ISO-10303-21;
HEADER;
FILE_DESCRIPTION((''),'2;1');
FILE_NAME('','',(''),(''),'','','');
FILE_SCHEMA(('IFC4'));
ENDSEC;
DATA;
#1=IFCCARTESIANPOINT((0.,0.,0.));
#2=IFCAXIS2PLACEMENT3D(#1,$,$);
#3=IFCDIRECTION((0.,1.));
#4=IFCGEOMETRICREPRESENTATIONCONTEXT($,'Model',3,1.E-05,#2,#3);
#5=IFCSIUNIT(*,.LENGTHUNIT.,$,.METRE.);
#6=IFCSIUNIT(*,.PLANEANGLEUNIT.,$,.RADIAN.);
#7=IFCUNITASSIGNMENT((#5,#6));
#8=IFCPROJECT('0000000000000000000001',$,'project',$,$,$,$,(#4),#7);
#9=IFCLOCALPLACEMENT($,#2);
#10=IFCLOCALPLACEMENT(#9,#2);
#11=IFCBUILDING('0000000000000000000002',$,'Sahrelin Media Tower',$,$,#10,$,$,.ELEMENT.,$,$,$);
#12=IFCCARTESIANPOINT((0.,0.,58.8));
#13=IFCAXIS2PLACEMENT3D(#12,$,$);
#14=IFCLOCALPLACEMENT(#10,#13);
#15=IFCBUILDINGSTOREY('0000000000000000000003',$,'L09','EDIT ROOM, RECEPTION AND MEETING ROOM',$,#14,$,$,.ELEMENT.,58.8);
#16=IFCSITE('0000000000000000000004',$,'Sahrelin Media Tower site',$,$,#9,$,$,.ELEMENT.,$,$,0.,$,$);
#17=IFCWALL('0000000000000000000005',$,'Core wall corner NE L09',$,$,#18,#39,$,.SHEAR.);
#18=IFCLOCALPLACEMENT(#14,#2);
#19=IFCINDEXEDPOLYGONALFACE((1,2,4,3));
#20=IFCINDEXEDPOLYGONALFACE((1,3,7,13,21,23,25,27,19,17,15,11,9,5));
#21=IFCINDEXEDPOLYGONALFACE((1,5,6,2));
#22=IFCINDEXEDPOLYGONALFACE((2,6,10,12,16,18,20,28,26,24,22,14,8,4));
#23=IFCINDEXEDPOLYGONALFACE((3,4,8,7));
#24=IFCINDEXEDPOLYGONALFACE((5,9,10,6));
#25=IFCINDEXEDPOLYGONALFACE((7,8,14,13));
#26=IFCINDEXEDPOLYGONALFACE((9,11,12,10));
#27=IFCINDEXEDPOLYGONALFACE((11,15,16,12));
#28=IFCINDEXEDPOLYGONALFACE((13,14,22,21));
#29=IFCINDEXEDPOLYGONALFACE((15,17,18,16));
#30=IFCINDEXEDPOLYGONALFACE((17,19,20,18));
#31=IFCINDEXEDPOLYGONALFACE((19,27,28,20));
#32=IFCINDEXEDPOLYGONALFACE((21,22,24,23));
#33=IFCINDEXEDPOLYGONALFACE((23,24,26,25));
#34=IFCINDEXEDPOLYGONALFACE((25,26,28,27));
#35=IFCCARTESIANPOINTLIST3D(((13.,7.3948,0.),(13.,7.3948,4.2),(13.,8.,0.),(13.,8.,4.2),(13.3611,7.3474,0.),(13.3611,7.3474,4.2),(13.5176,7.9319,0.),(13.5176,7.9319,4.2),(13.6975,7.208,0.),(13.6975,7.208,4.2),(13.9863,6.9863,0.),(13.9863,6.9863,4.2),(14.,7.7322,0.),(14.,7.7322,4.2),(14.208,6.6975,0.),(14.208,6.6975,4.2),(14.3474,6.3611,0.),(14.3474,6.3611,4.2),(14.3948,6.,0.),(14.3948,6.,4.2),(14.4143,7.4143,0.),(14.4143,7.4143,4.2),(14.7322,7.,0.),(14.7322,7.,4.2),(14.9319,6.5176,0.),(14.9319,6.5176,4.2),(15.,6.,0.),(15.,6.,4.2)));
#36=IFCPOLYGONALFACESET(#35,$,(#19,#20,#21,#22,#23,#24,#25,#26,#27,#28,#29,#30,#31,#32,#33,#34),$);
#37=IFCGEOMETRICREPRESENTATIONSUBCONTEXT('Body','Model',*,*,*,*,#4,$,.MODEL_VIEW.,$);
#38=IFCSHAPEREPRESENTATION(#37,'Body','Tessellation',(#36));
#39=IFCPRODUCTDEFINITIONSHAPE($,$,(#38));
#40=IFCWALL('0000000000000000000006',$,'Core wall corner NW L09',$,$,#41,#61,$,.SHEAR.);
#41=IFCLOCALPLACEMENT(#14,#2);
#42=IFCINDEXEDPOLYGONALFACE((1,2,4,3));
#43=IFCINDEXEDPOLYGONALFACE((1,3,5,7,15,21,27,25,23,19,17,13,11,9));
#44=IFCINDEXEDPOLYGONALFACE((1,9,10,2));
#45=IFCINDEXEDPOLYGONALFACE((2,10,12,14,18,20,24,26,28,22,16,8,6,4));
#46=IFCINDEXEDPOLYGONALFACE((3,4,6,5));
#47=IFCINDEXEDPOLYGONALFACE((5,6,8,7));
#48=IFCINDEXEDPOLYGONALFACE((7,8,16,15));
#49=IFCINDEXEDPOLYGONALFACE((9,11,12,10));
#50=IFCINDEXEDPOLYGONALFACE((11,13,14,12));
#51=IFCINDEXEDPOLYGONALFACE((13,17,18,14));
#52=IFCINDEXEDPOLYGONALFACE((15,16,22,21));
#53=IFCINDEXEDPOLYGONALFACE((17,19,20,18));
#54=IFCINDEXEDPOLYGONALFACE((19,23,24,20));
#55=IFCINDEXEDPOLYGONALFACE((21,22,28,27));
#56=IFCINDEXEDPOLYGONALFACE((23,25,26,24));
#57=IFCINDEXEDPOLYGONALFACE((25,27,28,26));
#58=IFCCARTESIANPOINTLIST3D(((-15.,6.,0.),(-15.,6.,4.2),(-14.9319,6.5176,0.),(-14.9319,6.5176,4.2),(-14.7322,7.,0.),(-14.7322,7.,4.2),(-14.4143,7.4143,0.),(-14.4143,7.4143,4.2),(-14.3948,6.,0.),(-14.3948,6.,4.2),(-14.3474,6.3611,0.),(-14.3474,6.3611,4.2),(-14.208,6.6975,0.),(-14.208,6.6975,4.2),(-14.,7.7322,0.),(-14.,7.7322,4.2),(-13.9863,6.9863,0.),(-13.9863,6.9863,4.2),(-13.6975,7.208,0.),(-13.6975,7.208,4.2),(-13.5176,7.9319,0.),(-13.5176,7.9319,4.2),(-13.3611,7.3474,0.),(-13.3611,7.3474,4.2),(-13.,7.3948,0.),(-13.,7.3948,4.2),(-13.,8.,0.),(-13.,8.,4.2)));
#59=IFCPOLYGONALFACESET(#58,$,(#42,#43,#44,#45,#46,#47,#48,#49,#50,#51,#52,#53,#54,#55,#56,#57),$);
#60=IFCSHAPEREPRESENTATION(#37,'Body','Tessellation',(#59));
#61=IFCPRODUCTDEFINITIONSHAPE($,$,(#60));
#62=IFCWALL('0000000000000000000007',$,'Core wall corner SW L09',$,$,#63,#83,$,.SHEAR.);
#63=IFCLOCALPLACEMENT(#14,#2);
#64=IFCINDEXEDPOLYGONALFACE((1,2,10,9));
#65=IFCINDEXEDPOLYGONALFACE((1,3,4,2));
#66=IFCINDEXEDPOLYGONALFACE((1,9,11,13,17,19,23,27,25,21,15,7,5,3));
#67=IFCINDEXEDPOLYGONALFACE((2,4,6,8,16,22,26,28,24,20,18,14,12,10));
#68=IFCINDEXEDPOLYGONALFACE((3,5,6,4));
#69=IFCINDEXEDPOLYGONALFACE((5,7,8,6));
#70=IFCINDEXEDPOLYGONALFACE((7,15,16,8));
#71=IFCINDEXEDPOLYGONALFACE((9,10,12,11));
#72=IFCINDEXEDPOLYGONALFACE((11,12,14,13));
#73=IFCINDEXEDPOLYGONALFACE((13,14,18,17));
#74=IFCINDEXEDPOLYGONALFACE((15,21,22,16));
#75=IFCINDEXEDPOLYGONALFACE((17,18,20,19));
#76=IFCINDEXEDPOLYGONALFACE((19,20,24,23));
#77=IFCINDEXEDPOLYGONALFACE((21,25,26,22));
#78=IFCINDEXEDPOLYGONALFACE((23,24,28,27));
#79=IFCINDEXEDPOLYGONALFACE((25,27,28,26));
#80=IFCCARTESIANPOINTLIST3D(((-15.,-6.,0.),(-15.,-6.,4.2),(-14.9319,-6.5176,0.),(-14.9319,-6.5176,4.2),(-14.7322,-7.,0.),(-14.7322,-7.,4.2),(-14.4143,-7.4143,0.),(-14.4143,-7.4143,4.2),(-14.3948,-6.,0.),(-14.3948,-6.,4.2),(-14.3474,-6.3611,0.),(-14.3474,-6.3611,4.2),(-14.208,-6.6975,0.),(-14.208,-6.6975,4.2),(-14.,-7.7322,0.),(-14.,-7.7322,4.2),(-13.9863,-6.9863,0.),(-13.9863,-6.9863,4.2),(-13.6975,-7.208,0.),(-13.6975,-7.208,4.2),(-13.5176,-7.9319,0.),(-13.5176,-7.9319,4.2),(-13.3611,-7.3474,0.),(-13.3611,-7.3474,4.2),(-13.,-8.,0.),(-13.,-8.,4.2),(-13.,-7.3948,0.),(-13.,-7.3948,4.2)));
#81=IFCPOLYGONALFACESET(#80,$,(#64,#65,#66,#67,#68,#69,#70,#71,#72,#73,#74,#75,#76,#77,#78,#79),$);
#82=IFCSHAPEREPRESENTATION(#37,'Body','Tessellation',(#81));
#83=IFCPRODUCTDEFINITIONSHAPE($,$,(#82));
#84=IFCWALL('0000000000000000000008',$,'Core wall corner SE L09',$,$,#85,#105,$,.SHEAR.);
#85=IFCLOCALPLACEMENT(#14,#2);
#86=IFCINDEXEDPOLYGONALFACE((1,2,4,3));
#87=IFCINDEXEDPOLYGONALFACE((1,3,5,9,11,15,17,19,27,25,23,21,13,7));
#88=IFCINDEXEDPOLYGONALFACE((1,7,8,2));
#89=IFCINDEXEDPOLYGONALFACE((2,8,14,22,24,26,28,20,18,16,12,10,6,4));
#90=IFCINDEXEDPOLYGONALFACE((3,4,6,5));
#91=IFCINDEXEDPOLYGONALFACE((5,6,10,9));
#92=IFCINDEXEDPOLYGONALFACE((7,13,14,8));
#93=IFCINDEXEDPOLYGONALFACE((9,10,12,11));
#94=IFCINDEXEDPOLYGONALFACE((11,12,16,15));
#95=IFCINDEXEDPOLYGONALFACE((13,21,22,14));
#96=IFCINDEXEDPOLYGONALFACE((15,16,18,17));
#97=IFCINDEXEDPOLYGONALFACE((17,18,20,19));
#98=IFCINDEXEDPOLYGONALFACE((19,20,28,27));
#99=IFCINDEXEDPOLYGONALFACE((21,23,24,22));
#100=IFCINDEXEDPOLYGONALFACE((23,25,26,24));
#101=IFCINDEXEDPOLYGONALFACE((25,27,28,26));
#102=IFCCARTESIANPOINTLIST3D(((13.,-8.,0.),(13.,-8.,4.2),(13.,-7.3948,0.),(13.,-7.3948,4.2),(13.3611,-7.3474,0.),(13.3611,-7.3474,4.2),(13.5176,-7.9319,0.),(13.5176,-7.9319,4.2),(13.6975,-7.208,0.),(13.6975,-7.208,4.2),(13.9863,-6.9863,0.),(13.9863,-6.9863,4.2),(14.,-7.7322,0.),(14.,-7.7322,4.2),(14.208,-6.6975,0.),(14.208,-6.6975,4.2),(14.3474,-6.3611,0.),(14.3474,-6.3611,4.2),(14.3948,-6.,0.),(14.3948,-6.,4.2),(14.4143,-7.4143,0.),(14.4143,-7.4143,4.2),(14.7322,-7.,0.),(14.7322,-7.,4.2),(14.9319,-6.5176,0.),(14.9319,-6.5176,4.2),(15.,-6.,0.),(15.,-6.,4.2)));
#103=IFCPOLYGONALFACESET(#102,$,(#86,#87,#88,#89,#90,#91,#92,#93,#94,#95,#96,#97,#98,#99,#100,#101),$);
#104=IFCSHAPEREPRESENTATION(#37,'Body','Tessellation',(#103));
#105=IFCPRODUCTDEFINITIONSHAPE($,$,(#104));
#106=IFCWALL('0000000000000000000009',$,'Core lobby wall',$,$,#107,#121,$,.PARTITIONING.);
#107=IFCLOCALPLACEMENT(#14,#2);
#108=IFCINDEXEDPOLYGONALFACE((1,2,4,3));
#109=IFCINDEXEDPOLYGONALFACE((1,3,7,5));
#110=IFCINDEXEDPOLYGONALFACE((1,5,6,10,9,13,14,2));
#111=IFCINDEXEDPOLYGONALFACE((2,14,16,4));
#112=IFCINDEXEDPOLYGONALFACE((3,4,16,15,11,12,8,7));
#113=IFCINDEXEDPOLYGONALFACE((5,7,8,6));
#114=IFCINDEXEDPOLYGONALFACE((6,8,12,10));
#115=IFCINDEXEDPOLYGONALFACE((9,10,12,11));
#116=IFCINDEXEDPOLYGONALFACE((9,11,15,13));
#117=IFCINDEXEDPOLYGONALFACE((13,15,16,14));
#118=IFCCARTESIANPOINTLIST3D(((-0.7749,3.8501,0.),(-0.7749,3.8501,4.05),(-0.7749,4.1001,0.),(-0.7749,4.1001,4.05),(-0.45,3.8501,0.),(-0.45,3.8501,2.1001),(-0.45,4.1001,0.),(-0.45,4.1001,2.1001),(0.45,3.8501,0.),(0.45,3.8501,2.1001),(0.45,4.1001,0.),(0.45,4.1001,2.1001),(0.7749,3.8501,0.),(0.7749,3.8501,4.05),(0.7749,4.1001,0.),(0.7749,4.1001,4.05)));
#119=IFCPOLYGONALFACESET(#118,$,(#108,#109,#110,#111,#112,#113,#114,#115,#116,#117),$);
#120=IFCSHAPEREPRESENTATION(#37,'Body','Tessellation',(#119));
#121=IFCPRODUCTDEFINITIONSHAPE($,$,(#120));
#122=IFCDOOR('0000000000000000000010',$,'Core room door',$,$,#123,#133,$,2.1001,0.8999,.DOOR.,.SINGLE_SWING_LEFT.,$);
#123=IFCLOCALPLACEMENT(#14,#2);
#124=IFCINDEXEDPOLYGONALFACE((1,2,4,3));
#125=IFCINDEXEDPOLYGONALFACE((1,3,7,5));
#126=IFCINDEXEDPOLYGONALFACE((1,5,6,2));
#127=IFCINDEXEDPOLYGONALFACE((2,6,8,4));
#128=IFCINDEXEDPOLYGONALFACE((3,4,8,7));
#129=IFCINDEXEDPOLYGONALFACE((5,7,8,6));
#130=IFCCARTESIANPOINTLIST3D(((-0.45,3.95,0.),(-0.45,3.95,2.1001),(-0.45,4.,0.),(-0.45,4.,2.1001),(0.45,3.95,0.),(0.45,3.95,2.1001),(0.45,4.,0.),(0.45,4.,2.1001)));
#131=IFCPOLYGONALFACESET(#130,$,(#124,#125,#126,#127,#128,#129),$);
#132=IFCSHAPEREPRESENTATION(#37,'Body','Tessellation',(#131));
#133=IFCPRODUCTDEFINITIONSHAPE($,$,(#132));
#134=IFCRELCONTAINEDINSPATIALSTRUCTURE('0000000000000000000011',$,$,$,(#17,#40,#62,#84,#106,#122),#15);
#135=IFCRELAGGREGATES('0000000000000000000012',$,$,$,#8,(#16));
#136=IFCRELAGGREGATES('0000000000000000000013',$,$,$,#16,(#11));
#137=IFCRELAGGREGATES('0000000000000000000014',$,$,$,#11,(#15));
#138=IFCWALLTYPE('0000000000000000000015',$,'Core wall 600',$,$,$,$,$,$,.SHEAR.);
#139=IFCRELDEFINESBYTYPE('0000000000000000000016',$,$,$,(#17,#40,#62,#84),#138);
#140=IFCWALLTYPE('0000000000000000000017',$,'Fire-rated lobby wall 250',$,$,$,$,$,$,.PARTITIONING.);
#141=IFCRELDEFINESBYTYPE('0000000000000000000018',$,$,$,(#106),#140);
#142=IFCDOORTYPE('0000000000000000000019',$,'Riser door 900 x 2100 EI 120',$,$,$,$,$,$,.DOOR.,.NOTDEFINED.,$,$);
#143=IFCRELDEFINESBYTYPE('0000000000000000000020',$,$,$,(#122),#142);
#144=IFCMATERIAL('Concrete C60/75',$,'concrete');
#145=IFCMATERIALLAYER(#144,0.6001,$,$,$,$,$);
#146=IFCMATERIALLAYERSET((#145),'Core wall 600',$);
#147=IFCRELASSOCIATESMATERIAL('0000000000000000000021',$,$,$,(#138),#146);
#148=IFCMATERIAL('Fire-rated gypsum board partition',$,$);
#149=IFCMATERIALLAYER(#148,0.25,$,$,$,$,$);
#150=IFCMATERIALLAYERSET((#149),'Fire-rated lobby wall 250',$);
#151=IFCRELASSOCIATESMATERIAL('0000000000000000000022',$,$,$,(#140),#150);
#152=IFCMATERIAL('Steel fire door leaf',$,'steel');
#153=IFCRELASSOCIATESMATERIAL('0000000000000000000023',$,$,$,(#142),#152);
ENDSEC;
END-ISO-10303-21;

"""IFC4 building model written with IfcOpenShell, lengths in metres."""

from ifc_helpers import new_model, si_unit, direction, frame, frame_2d, origin, place, context, subcontext, project, spatial, polyline, rectangle, outline, extrude, material, layer, layer_set, type_object, element, fill, save


model = new_model("IFC4")

# Units and contexts
model_context = context("Model", 3, precision=1e-05, world=origin(), true_north=direction((0.0, 1.0)))
body_context = subcontext(model_context, "Body", "Model", "MODEL_VIEW")
ifc_project = project(units=[si_unit("LENGTHUNIT", "METRE"), si_unit("PLANEANGLEUNIT", "RADIAN")], contexts=[model_context])

# Site, building, storey
site_placement = place(None, origin())
site = spatial("IfcSite", under=ifc_project, at=site_placement, Name="Sahrelin Media Tower site", CompositionType="ELEMENT", RefElevation=0.0)
building_placement = place(site_placement, origin())
building = spatial("IfcBuilding", under=site, at=building_placement, Name="Sahrelin Media Tower", CompositionType="ELEMENT")
storey_placement = place(building_placement, frame((0.0, 0.0, 58.8)))
storey = spatial("IfcBuildingStorey", under=building, at=storey_placement, Name="L09", Description="EDIT ROOM, RECEPTION AND MEETING ROOM", CompositionType="ELEMENT", Elevation=58.8)

# Shared definitions
ifc_material_1 = material(Name="Concrete C60/75", Category="concrete")
ifc_layer_1 = layer(ifc_material_1, 0.6001)
ifc_layer_set_1 = layer_set([ifc_layer_1], Name="Core wall 600")
wall_type_1 = type_object("IfcWallType", Name="Core wall 600", PredefinedType="SHEAR", material=ifc_layer_set_1)
ifc_material_2 = material(Name="Steel fire door leaf", Category="steel")

# Walls
placement = place(storey_placement, origin())
element("IfcWall", 1, at=placement, inside=storey, type_object=wall_type_1, Name="Core wall corner NE L09", PredefinedType="SHEAR", context=body_context, shape_type="SweptSolid", body=[
    extrude(outline(polyline([(13.0, 8.0), (13.0, 7.3948), (13.3611, 7.3474), (13.6975, 7.208), (13.9863, 6.9863), (14.208, 6.6975), (14.3474, 6.3611), (14.3948, 6.0), (15.0, 6.0), (14.9319, 6.5176), (14.7322, 7.0), (14.4143, 7.4143), (14.0, 7.7322), (13.5176, 7.9319), (13.0, 8.0)])), origin(), (0.0, 0.0, 1.0), 4.2),
])
element("IfcWall", 2, at=placement, inside=storey, type_object=wall_type_1, Name="Core wall corner NW L09", PredefinedType="SHEAR", context=body_context, shape_type="SweptSolid", body=[
    extrude(outline(polyline([(-15.0, 6.0), (-14.3948, 6.0), (-14.3474, 6.3611), (-14.208, 6.6975), (-13.9863, 6.9863), (-13.6975, 7.208), (-13.3611, 7.3474), (-13.0, 7.3948), (-13.0, 8.0), (-13.5176, 7.9319), (-14.0, 7.7322), (-14.4143, 7.4143), (-14.7322, 7.0), (-14.9319, 6.5176), (-15.0, 6.0)])), origin(), (0.0, 0.0, 1.0), 4.2),
])
element("IfcWall", 3, at=placement, inside=storey, type_object=wall_type_1, Name="Core wall corner SW L09", PredefinedType="SHEAR", context=body_context, shape_type="SweptSolid", body=[
    extrude(outline(polyline([(-13.0, -8.0), (-13.0, -7.3948), (-13.3611, -7.3474), (-13.6975, -7.208), (-13.9863, -6.9863), (-14.208, -6.6975), (-14.3474, -6.3611), (-14.3948, -6.0), (-15.0, -6.0), (-14.9319, -6.5176), (-14.7322, -7.0), (-14.4143, -7.4143), (-14.0, -7.7322), (-13.5176, -7.9319), (-13.0, -8.0)])), origin(), (0.0, 0.0, 1.0), 4.2),
])
element("IfcWall", 4, at=placement, inside=storey, type_object=wall_type_1, Name="Core wall corner SE L09", PredefinedType="SHEAR", context=body_context, shape_type="SweptSolid", body=[
    extrude(outline(polyline([(15.0, -6.0), (14.3948, -6.0), (14.3474, -6.3611), (14.208, -6.6975), (13.9863, -6.9863), (13.6975, -7.208), (13.3611, -7.3474), (13.0, -7.3948), (13.0, -8.0), (13.5176, -7.9319), (14.0, -7.7322), (14.4143, -7.4143), (14.7322, -7.0), (14.9319, -6.5176), (15.0, -6.0)])), origin(), (0.0, 0.0, 1.0), 4.2),
])

# Wall, opening, door
ifc_material_3 = material(Name="Fire-rated gypsum board partition")
ifc_layer_2 = layer(ifc_material_3, 0.25)
ifc_layer_set_2 = layer_set([ifc_layer_2], Name="Fire-rated lobby wall 250")
wall_type_2 = type_object("IfcWallType", Name="Fire-rated lobby wall 250", PredefinedType="PARTITIONING", material=ifc_layer_set_2)
wall_1_placement = place(storey_placement, frame((-0.7749, 3.9751, 0.0), z_axis=(0.0, 0.0, 1.0), x_axis=(1.0, 0.0, 0.0)))
wall_1 = element("IfcWall", 5, at=wall_1_placement, inside=storey, type_object=wall_type_2, Name="Core lobby wall", PredefinedType="PARTITIONING", context=body_context, shape_type="SweptSolid", body=[
    extrude(rectangle(XDim=1.5498, YDim=0.25, at=frame_2d((0.7749, 0.0))), origin(), (0.0, 0.0, 1.0), 4.05),
])
opening_1_placement = place(wall_1_placement, frame((0.325, 0.0, 0.0)))
opening_1 = element("IfcOpeningElement", 6, at=opening_1_placement, cuts=wall_1, PredefinedType="OPENING", context=body_context, shape_type="SweptSolid", body=[
    extrude(rectangle(XDim=0.8999, YDim=2.1001, at=frame_2d((0.45, 1.05))), frame((0.0, 0.125, 0.0), z_axis=(0.0, -1.0, 0.0), x_axis=(1.0, 0.0, 0.0)), (0.0, 0.0, 1.0), 0.25),
])
door_type_1 = type_object("IfcDoorType", Name="Riser door 900 x 2100 EI 120", OperationType="NOTDEFINED", PredefinedType="DOOR", material=ifc_material_2)
door_1_placement = place(opening_1_placement, origin())
door_1 = element("IfcDoor", 7, at=door_1_placement, inside=storey, type_object=door_type_1, Name="Core room door", OperationType="SINGLE_SWING_LEFT", OverallHeight=2.1001, OverallWidth=0.8999, PredefinedType="DOOR", context=body_context, shape_type="SweptSolid", body=[
    extrude(rectangle(XDim=0.8999, YDim=2.1001, at=frame_2d((0.45, 1.05))), frame((0.0, 0.0249, 0.0), z_axis=(0.0, -1.0, 0.0), x_axis=(1.0, 0.0, 0.0)), (0.0, 0.0, 1.0), 0.05),
])
fill(opening_1, door_1)

save(model, "model.ifc")
